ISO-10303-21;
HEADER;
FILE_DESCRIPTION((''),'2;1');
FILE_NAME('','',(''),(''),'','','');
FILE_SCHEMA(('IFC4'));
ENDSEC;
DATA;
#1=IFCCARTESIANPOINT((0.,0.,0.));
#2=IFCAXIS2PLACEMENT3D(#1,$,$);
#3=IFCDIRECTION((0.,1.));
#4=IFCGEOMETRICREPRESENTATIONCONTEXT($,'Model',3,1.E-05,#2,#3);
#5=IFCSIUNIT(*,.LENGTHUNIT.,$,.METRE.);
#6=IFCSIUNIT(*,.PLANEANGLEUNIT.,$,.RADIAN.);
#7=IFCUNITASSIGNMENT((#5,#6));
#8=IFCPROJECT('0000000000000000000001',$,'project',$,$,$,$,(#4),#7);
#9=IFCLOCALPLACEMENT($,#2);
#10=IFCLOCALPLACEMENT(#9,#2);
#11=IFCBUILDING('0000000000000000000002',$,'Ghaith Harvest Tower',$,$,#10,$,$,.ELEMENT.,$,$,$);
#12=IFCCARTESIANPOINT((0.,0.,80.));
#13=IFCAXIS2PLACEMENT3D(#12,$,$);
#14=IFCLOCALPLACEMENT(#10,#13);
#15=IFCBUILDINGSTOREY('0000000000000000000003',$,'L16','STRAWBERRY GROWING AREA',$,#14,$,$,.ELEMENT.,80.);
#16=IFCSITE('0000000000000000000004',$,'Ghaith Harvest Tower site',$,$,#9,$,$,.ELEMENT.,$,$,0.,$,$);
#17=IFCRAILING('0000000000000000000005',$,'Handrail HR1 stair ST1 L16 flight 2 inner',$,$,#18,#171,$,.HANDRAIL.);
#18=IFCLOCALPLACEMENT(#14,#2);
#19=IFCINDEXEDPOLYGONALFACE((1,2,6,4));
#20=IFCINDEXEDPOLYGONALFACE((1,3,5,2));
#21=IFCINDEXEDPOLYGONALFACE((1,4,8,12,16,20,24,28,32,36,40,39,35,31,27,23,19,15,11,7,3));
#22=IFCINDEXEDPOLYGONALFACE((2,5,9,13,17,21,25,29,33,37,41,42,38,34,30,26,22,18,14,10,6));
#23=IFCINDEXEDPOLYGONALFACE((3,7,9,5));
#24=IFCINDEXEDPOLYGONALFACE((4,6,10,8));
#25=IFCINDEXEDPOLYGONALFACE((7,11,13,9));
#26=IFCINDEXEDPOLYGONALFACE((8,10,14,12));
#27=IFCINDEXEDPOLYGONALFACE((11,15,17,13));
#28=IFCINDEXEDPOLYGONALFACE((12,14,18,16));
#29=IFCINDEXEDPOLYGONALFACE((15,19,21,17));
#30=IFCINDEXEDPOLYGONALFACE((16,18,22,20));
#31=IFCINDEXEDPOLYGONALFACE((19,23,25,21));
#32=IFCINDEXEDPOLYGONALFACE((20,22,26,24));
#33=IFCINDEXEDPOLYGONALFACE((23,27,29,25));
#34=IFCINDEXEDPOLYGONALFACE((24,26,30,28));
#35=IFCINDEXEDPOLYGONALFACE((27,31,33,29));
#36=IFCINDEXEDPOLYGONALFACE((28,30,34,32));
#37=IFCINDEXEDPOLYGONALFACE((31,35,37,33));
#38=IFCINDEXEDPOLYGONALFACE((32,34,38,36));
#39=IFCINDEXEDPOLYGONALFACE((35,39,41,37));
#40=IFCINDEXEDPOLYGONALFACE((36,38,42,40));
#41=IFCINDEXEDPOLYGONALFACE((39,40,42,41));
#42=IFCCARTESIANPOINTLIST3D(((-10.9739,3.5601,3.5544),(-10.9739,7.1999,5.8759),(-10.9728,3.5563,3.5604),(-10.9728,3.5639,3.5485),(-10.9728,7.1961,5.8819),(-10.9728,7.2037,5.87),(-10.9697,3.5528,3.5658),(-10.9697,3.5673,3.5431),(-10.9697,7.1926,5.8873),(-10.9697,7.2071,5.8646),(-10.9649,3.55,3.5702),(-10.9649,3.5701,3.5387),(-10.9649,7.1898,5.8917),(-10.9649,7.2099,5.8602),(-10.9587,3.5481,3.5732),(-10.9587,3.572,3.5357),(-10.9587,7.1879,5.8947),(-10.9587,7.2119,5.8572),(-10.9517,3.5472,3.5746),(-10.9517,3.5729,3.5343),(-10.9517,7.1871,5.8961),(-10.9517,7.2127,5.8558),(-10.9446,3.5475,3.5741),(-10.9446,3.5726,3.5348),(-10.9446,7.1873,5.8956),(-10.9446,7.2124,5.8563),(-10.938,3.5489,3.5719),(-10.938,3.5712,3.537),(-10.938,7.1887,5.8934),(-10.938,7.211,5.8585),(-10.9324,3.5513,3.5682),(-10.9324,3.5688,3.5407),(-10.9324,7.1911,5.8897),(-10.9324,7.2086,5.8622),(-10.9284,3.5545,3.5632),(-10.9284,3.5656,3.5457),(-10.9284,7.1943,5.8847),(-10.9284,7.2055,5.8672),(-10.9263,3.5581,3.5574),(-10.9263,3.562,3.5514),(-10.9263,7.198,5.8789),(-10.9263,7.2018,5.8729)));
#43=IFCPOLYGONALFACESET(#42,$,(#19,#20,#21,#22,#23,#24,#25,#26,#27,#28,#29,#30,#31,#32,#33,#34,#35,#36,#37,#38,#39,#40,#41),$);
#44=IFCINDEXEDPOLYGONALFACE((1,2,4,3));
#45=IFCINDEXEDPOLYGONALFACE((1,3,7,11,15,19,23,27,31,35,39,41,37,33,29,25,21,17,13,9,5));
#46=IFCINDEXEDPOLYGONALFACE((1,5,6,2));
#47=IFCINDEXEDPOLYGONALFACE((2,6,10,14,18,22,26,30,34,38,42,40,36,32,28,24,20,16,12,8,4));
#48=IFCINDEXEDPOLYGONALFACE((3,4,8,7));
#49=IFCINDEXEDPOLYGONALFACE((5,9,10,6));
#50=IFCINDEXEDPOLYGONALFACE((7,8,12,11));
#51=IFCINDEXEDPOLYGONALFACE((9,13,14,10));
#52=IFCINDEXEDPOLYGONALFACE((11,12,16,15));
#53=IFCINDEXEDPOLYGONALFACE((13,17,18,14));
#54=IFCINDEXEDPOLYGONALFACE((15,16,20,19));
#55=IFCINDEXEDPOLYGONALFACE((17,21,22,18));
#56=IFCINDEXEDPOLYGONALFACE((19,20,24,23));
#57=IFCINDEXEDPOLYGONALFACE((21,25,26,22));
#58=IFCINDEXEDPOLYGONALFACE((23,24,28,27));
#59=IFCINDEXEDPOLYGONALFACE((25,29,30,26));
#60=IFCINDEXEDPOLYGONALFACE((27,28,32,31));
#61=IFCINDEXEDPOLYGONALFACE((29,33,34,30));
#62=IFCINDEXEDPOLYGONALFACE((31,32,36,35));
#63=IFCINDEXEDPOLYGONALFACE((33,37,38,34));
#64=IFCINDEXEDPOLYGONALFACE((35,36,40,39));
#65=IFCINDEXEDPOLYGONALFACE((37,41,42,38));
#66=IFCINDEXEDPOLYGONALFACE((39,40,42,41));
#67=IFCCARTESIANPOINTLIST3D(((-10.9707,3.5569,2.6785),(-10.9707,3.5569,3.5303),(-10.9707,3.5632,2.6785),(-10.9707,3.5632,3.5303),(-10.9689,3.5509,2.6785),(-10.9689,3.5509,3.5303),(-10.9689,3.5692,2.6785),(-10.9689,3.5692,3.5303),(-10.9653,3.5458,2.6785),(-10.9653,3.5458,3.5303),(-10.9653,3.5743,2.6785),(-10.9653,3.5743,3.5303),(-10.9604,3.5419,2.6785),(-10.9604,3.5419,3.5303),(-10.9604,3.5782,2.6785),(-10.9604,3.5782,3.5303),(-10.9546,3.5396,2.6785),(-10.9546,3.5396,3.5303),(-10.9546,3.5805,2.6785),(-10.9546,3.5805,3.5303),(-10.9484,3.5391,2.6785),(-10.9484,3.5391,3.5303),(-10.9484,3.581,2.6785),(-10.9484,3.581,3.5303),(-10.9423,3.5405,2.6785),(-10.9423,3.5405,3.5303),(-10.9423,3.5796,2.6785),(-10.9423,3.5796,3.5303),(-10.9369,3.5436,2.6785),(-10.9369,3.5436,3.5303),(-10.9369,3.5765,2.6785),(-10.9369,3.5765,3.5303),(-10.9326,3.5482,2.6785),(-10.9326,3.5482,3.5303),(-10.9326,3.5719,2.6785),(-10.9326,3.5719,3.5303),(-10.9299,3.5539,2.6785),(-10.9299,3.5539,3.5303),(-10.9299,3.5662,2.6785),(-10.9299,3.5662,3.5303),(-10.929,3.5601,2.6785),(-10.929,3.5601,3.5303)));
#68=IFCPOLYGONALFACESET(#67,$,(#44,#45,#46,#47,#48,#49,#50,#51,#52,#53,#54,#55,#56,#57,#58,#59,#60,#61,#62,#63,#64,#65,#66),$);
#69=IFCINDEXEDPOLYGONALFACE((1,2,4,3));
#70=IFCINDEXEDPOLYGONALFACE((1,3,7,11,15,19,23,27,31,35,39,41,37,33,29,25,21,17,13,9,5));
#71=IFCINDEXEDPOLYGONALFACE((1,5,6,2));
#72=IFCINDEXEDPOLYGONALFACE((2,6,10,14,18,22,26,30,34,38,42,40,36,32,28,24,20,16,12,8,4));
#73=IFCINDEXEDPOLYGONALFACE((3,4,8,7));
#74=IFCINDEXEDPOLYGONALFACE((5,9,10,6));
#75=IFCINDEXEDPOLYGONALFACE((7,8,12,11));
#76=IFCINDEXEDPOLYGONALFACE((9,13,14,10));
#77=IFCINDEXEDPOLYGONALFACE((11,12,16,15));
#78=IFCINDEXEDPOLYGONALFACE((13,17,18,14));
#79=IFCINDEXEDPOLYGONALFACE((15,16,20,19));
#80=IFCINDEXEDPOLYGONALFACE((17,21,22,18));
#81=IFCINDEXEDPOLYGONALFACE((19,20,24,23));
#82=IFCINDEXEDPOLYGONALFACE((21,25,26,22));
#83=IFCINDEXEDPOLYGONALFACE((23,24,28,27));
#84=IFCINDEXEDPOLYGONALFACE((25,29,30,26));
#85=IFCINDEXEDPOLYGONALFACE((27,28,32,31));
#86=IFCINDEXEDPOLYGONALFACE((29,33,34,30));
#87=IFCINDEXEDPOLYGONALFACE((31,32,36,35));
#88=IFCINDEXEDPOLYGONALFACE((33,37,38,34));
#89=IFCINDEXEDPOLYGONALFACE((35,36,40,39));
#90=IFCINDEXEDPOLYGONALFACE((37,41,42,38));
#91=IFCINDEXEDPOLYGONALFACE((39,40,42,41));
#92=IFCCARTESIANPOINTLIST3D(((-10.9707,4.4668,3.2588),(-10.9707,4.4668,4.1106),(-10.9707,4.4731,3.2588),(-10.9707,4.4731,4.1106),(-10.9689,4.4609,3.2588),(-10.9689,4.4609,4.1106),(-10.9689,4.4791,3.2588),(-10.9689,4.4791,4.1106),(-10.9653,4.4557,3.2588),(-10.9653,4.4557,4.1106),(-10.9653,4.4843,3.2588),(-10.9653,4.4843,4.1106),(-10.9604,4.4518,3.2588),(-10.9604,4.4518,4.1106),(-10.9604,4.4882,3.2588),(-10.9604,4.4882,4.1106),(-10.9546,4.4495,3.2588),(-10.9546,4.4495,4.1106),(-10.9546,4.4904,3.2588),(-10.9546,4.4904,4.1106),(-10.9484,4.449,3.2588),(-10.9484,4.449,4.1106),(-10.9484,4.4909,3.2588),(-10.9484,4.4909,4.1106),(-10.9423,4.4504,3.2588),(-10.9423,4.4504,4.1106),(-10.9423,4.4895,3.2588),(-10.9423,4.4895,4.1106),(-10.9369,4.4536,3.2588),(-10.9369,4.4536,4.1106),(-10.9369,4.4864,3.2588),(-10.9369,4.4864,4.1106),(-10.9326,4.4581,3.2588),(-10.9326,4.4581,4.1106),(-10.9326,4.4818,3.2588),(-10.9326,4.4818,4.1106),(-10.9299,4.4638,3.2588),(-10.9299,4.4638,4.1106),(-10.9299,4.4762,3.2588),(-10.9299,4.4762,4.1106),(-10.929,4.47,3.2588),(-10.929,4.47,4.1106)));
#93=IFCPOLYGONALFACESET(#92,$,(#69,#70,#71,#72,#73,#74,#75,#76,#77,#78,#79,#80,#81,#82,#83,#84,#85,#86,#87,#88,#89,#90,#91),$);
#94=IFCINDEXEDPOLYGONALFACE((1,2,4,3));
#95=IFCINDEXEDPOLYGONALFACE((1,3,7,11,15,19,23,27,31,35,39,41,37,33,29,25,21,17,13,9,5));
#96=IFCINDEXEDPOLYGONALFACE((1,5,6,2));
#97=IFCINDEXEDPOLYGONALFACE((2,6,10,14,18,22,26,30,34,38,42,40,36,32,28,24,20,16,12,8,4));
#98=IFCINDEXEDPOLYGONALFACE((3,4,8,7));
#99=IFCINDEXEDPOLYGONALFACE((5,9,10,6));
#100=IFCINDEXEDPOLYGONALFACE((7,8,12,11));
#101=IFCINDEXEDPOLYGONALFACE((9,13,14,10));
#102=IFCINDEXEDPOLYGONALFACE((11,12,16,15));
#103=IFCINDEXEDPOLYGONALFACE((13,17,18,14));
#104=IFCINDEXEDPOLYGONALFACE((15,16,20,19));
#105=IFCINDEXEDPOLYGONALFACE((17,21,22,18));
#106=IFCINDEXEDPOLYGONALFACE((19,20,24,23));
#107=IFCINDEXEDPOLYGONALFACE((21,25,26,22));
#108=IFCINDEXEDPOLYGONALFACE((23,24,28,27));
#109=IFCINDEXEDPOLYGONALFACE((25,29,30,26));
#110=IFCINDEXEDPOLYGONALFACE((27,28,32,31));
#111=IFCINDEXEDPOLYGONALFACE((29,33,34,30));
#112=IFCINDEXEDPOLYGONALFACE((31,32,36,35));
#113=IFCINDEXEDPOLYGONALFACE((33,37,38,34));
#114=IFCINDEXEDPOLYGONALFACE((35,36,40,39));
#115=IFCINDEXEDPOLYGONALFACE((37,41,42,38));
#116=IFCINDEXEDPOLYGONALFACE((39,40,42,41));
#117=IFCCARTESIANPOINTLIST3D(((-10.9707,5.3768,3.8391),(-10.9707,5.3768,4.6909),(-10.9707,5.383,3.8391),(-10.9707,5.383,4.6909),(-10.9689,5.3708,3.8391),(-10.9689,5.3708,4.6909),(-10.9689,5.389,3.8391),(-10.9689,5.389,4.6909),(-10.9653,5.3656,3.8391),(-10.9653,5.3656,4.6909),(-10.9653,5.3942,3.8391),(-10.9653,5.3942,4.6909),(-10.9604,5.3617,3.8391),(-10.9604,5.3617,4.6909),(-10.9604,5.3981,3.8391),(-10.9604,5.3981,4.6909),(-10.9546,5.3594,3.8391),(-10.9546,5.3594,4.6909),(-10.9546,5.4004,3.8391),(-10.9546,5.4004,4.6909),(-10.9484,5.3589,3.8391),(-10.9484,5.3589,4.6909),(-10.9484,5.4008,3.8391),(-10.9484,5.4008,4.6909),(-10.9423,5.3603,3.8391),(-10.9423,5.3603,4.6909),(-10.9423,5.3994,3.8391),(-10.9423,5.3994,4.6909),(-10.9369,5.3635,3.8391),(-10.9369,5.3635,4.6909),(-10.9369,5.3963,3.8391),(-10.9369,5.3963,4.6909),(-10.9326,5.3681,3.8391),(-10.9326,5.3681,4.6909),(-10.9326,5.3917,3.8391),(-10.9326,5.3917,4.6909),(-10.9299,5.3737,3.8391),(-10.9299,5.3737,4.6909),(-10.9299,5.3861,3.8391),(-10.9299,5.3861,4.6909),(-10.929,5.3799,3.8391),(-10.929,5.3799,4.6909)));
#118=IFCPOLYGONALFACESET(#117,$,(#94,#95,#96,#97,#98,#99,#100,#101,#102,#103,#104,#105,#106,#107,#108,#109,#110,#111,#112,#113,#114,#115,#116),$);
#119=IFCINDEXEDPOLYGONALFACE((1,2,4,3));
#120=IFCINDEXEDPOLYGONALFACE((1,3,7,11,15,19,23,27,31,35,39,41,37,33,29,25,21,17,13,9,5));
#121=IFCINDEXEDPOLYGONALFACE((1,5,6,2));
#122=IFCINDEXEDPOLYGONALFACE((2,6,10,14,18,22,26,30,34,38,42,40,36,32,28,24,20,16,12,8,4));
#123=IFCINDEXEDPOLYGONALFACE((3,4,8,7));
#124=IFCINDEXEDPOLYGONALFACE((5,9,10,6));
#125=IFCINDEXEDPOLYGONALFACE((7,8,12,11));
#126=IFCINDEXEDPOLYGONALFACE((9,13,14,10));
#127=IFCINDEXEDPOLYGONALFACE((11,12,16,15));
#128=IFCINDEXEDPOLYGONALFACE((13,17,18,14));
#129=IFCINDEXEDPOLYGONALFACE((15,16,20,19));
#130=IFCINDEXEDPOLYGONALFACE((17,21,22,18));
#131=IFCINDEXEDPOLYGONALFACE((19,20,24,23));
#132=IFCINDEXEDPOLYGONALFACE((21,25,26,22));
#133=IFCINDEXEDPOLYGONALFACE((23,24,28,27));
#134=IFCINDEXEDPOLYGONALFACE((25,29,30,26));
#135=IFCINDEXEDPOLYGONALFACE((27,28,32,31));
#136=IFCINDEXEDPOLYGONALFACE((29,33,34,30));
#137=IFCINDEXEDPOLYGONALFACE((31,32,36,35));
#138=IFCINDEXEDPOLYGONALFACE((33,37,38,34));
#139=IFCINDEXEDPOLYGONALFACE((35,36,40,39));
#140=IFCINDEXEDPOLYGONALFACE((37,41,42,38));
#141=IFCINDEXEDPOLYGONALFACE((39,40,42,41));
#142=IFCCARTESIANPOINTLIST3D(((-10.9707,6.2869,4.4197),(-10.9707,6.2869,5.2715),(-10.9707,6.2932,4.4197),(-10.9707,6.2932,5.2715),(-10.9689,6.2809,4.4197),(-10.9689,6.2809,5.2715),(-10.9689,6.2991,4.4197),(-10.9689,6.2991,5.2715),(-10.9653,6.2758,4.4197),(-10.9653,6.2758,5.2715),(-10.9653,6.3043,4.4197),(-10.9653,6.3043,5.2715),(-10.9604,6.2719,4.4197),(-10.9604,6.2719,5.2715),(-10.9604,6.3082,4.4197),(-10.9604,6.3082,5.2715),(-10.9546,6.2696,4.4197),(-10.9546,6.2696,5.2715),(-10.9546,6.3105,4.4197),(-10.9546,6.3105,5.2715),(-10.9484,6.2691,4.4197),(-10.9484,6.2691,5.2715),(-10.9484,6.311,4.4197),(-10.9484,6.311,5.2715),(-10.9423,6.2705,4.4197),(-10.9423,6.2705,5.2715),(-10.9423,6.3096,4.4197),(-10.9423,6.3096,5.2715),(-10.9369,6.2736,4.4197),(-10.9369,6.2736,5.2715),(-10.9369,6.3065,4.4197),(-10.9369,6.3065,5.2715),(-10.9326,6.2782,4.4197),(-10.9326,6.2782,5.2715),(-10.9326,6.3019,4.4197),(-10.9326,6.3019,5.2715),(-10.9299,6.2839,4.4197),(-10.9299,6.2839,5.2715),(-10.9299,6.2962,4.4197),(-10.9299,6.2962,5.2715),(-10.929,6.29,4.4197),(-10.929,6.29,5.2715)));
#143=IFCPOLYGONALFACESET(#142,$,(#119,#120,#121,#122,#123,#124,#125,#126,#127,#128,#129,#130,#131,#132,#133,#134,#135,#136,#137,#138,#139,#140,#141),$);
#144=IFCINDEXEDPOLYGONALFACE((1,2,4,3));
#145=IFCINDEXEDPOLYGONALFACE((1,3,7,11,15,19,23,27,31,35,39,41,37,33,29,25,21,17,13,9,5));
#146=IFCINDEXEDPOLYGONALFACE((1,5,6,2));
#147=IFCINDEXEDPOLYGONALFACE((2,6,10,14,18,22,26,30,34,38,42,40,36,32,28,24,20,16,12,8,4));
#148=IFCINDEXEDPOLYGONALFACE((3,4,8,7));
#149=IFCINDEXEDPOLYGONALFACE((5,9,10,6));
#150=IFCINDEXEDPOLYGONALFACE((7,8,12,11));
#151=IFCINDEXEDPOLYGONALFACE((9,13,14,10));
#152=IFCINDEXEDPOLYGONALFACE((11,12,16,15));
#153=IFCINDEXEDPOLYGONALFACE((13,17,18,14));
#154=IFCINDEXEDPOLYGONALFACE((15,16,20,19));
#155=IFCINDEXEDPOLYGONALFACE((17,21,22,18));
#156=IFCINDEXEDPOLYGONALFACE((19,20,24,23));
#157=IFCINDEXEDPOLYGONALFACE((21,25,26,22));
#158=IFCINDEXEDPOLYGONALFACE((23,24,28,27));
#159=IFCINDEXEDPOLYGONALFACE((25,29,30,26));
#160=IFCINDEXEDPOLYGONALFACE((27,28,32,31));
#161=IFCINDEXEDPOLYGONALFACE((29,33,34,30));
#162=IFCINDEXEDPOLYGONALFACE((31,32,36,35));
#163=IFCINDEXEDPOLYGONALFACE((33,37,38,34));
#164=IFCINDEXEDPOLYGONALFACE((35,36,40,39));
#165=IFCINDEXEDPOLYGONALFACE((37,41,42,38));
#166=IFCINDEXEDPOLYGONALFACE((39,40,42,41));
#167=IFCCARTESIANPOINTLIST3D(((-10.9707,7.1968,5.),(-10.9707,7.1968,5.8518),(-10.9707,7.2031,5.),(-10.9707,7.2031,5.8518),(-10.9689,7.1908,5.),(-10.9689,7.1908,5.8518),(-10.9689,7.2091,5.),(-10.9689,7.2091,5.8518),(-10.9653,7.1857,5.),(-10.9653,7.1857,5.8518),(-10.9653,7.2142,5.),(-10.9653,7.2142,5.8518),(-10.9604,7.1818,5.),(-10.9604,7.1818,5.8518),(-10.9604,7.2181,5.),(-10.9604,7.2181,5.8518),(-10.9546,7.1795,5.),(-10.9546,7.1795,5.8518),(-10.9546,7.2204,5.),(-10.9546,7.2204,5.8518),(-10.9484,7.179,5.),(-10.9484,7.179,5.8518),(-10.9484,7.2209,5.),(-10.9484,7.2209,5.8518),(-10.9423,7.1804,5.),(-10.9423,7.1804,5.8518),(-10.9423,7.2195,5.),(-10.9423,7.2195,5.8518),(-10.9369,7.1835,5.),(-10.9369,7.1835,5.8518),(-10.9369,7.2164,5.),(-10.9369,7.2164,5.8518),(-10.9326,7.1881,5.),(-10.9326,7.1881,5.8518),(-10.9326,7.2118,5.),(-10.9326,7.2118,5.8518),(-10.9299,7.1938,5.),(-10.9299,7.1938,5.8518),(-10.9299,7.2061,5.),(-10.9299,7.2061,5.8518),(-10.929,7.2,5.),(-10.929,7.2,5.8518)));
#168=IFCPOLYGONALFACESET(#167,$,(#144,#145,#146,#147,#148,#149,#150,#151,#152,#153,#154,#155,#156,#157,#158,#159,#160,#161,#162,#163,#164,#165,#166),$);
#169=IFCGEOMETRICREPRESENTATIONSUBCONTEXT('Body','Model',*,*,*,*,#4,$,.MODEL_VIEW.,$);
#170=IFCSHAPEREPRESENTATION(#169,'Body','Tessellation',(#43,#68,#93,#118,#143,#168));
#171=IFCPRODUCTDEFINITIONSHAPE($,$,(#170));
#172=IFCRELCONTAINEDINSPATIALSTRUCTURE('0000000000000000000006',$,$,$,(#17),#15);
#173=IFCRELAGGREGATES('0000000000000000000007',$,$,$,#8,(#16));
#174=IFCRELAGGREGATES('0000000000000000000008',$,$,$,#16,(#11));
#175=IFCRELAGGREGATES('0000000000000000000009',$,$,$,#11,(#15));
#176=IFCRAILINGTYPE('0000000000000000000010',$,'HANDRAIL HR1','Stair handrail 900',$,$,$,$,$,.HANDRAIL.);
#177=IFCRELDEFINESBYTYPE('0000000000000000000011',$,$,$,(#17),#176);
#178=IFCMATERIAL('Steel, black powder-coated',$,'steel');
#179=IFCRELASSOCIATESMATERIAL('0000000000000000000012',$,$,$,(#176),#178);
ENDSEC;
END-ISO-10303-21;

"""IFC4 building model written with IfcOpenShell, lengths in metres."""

from ifc_helpers import new_model, si_unit, direction, frame, origin, origin_2d, place, context, subcontext, project, spatial, circle, extrude, material, type_object, element, save


model = new_model("IFC4")

# Units and contexts
model_context = context("Model", 3, precision=1e-05, world=origin(), true_north=direction((0.0, 1.0)))
body_context = subcontext(model_context, "Body", "Model", "MODEL_VIEW")
ifc_project = project(units=[si_unit("LENGTHUNIT", "METRE"), si_unit("PLANEANGLEUNIT", "RADIAN")], contexts=[model_context])

# Site, building, storey
site_placement = place(None, origin())
site = spatial("IfcSite", under=ifc_project, at=site_placement, Name="Ghaith Harvest Tower site", CompositionType="ELEMENT", RefElevation=0.0)
building_placement = place(site_placement, origin())
building = spatial("IfcBuilding", under=site, at=building_placement, Name="Ghaith Harvest Tower", CompositionType="ELEMENT")
storey_placement = place(building_placement, frame((0.0, 0.0, 80.0)))
storey = spatial("IfcBuildingStorey", under=building, at=storey_placement, Name="L16", Description="STRAWBERRY GROWING AREA", CompositionType="ELEMENT", Elevation=80.0)

# Railing
ifc_material_1 = material(Name="Steel, black powder-coated", Category="steel")
railing_type = type_object("IfcRailingType", Name="HANDRAIL HR1", Description="Stair handrail 900", PredefinedType="HANDRAIL", material=ifc_material_1)
railing_1_placement = place(storey_placement, frame((-10.95, 3.5601, 2.6785)))
element("IfcRailing", 1, at=railing_1_placement, inside=storey, type_object=railing_type, Name="Handrail HR1 stair ST1 L16 flight 2 inner", PredefinedType="HANDRAIL", context=body_context, shape_type="SweptSolid", body=[
    extrude(circle(Radius=0.0239, at=origin_2d()), frame((0.0, 0.0, 0.876), z_axis=(0.0, 0.843112, 0.537739), x_axis=(-1.0, 0.0, 0.0)), (0.0, 0.0, 1.0), 4.3171),
    extrude(circle(Radius=0.021, at=origin_2d()), origin(), (0.0, 0.0, 1.0), 0.8518),
    extrude(circle(Radius=0.021, at=origin_2d()), frame((0.0, 0.9099, 0.5803)), (0.0, 0.0, 1.0), 0.8518),
    extrude(circle(Radius=0.021, at=origin_2d()), frame((0.0, 1.8198, 1.1606)), (0.0, 0.0, 1.0), 0.8518),
    extrude(circle(Radius=0.021, at=origin_2d()), frame((0.0, 2.73, 1.7412)), (0.0, 0.0, 1.0), 0.8518),
    extrude(circle(Radius=0.021, at=origin_2d()), frame((0.0, 3.6399, 2.3215)), (0.0, 0.0, 1.0), 0.8518),
])

save(model, "model.ifc")
